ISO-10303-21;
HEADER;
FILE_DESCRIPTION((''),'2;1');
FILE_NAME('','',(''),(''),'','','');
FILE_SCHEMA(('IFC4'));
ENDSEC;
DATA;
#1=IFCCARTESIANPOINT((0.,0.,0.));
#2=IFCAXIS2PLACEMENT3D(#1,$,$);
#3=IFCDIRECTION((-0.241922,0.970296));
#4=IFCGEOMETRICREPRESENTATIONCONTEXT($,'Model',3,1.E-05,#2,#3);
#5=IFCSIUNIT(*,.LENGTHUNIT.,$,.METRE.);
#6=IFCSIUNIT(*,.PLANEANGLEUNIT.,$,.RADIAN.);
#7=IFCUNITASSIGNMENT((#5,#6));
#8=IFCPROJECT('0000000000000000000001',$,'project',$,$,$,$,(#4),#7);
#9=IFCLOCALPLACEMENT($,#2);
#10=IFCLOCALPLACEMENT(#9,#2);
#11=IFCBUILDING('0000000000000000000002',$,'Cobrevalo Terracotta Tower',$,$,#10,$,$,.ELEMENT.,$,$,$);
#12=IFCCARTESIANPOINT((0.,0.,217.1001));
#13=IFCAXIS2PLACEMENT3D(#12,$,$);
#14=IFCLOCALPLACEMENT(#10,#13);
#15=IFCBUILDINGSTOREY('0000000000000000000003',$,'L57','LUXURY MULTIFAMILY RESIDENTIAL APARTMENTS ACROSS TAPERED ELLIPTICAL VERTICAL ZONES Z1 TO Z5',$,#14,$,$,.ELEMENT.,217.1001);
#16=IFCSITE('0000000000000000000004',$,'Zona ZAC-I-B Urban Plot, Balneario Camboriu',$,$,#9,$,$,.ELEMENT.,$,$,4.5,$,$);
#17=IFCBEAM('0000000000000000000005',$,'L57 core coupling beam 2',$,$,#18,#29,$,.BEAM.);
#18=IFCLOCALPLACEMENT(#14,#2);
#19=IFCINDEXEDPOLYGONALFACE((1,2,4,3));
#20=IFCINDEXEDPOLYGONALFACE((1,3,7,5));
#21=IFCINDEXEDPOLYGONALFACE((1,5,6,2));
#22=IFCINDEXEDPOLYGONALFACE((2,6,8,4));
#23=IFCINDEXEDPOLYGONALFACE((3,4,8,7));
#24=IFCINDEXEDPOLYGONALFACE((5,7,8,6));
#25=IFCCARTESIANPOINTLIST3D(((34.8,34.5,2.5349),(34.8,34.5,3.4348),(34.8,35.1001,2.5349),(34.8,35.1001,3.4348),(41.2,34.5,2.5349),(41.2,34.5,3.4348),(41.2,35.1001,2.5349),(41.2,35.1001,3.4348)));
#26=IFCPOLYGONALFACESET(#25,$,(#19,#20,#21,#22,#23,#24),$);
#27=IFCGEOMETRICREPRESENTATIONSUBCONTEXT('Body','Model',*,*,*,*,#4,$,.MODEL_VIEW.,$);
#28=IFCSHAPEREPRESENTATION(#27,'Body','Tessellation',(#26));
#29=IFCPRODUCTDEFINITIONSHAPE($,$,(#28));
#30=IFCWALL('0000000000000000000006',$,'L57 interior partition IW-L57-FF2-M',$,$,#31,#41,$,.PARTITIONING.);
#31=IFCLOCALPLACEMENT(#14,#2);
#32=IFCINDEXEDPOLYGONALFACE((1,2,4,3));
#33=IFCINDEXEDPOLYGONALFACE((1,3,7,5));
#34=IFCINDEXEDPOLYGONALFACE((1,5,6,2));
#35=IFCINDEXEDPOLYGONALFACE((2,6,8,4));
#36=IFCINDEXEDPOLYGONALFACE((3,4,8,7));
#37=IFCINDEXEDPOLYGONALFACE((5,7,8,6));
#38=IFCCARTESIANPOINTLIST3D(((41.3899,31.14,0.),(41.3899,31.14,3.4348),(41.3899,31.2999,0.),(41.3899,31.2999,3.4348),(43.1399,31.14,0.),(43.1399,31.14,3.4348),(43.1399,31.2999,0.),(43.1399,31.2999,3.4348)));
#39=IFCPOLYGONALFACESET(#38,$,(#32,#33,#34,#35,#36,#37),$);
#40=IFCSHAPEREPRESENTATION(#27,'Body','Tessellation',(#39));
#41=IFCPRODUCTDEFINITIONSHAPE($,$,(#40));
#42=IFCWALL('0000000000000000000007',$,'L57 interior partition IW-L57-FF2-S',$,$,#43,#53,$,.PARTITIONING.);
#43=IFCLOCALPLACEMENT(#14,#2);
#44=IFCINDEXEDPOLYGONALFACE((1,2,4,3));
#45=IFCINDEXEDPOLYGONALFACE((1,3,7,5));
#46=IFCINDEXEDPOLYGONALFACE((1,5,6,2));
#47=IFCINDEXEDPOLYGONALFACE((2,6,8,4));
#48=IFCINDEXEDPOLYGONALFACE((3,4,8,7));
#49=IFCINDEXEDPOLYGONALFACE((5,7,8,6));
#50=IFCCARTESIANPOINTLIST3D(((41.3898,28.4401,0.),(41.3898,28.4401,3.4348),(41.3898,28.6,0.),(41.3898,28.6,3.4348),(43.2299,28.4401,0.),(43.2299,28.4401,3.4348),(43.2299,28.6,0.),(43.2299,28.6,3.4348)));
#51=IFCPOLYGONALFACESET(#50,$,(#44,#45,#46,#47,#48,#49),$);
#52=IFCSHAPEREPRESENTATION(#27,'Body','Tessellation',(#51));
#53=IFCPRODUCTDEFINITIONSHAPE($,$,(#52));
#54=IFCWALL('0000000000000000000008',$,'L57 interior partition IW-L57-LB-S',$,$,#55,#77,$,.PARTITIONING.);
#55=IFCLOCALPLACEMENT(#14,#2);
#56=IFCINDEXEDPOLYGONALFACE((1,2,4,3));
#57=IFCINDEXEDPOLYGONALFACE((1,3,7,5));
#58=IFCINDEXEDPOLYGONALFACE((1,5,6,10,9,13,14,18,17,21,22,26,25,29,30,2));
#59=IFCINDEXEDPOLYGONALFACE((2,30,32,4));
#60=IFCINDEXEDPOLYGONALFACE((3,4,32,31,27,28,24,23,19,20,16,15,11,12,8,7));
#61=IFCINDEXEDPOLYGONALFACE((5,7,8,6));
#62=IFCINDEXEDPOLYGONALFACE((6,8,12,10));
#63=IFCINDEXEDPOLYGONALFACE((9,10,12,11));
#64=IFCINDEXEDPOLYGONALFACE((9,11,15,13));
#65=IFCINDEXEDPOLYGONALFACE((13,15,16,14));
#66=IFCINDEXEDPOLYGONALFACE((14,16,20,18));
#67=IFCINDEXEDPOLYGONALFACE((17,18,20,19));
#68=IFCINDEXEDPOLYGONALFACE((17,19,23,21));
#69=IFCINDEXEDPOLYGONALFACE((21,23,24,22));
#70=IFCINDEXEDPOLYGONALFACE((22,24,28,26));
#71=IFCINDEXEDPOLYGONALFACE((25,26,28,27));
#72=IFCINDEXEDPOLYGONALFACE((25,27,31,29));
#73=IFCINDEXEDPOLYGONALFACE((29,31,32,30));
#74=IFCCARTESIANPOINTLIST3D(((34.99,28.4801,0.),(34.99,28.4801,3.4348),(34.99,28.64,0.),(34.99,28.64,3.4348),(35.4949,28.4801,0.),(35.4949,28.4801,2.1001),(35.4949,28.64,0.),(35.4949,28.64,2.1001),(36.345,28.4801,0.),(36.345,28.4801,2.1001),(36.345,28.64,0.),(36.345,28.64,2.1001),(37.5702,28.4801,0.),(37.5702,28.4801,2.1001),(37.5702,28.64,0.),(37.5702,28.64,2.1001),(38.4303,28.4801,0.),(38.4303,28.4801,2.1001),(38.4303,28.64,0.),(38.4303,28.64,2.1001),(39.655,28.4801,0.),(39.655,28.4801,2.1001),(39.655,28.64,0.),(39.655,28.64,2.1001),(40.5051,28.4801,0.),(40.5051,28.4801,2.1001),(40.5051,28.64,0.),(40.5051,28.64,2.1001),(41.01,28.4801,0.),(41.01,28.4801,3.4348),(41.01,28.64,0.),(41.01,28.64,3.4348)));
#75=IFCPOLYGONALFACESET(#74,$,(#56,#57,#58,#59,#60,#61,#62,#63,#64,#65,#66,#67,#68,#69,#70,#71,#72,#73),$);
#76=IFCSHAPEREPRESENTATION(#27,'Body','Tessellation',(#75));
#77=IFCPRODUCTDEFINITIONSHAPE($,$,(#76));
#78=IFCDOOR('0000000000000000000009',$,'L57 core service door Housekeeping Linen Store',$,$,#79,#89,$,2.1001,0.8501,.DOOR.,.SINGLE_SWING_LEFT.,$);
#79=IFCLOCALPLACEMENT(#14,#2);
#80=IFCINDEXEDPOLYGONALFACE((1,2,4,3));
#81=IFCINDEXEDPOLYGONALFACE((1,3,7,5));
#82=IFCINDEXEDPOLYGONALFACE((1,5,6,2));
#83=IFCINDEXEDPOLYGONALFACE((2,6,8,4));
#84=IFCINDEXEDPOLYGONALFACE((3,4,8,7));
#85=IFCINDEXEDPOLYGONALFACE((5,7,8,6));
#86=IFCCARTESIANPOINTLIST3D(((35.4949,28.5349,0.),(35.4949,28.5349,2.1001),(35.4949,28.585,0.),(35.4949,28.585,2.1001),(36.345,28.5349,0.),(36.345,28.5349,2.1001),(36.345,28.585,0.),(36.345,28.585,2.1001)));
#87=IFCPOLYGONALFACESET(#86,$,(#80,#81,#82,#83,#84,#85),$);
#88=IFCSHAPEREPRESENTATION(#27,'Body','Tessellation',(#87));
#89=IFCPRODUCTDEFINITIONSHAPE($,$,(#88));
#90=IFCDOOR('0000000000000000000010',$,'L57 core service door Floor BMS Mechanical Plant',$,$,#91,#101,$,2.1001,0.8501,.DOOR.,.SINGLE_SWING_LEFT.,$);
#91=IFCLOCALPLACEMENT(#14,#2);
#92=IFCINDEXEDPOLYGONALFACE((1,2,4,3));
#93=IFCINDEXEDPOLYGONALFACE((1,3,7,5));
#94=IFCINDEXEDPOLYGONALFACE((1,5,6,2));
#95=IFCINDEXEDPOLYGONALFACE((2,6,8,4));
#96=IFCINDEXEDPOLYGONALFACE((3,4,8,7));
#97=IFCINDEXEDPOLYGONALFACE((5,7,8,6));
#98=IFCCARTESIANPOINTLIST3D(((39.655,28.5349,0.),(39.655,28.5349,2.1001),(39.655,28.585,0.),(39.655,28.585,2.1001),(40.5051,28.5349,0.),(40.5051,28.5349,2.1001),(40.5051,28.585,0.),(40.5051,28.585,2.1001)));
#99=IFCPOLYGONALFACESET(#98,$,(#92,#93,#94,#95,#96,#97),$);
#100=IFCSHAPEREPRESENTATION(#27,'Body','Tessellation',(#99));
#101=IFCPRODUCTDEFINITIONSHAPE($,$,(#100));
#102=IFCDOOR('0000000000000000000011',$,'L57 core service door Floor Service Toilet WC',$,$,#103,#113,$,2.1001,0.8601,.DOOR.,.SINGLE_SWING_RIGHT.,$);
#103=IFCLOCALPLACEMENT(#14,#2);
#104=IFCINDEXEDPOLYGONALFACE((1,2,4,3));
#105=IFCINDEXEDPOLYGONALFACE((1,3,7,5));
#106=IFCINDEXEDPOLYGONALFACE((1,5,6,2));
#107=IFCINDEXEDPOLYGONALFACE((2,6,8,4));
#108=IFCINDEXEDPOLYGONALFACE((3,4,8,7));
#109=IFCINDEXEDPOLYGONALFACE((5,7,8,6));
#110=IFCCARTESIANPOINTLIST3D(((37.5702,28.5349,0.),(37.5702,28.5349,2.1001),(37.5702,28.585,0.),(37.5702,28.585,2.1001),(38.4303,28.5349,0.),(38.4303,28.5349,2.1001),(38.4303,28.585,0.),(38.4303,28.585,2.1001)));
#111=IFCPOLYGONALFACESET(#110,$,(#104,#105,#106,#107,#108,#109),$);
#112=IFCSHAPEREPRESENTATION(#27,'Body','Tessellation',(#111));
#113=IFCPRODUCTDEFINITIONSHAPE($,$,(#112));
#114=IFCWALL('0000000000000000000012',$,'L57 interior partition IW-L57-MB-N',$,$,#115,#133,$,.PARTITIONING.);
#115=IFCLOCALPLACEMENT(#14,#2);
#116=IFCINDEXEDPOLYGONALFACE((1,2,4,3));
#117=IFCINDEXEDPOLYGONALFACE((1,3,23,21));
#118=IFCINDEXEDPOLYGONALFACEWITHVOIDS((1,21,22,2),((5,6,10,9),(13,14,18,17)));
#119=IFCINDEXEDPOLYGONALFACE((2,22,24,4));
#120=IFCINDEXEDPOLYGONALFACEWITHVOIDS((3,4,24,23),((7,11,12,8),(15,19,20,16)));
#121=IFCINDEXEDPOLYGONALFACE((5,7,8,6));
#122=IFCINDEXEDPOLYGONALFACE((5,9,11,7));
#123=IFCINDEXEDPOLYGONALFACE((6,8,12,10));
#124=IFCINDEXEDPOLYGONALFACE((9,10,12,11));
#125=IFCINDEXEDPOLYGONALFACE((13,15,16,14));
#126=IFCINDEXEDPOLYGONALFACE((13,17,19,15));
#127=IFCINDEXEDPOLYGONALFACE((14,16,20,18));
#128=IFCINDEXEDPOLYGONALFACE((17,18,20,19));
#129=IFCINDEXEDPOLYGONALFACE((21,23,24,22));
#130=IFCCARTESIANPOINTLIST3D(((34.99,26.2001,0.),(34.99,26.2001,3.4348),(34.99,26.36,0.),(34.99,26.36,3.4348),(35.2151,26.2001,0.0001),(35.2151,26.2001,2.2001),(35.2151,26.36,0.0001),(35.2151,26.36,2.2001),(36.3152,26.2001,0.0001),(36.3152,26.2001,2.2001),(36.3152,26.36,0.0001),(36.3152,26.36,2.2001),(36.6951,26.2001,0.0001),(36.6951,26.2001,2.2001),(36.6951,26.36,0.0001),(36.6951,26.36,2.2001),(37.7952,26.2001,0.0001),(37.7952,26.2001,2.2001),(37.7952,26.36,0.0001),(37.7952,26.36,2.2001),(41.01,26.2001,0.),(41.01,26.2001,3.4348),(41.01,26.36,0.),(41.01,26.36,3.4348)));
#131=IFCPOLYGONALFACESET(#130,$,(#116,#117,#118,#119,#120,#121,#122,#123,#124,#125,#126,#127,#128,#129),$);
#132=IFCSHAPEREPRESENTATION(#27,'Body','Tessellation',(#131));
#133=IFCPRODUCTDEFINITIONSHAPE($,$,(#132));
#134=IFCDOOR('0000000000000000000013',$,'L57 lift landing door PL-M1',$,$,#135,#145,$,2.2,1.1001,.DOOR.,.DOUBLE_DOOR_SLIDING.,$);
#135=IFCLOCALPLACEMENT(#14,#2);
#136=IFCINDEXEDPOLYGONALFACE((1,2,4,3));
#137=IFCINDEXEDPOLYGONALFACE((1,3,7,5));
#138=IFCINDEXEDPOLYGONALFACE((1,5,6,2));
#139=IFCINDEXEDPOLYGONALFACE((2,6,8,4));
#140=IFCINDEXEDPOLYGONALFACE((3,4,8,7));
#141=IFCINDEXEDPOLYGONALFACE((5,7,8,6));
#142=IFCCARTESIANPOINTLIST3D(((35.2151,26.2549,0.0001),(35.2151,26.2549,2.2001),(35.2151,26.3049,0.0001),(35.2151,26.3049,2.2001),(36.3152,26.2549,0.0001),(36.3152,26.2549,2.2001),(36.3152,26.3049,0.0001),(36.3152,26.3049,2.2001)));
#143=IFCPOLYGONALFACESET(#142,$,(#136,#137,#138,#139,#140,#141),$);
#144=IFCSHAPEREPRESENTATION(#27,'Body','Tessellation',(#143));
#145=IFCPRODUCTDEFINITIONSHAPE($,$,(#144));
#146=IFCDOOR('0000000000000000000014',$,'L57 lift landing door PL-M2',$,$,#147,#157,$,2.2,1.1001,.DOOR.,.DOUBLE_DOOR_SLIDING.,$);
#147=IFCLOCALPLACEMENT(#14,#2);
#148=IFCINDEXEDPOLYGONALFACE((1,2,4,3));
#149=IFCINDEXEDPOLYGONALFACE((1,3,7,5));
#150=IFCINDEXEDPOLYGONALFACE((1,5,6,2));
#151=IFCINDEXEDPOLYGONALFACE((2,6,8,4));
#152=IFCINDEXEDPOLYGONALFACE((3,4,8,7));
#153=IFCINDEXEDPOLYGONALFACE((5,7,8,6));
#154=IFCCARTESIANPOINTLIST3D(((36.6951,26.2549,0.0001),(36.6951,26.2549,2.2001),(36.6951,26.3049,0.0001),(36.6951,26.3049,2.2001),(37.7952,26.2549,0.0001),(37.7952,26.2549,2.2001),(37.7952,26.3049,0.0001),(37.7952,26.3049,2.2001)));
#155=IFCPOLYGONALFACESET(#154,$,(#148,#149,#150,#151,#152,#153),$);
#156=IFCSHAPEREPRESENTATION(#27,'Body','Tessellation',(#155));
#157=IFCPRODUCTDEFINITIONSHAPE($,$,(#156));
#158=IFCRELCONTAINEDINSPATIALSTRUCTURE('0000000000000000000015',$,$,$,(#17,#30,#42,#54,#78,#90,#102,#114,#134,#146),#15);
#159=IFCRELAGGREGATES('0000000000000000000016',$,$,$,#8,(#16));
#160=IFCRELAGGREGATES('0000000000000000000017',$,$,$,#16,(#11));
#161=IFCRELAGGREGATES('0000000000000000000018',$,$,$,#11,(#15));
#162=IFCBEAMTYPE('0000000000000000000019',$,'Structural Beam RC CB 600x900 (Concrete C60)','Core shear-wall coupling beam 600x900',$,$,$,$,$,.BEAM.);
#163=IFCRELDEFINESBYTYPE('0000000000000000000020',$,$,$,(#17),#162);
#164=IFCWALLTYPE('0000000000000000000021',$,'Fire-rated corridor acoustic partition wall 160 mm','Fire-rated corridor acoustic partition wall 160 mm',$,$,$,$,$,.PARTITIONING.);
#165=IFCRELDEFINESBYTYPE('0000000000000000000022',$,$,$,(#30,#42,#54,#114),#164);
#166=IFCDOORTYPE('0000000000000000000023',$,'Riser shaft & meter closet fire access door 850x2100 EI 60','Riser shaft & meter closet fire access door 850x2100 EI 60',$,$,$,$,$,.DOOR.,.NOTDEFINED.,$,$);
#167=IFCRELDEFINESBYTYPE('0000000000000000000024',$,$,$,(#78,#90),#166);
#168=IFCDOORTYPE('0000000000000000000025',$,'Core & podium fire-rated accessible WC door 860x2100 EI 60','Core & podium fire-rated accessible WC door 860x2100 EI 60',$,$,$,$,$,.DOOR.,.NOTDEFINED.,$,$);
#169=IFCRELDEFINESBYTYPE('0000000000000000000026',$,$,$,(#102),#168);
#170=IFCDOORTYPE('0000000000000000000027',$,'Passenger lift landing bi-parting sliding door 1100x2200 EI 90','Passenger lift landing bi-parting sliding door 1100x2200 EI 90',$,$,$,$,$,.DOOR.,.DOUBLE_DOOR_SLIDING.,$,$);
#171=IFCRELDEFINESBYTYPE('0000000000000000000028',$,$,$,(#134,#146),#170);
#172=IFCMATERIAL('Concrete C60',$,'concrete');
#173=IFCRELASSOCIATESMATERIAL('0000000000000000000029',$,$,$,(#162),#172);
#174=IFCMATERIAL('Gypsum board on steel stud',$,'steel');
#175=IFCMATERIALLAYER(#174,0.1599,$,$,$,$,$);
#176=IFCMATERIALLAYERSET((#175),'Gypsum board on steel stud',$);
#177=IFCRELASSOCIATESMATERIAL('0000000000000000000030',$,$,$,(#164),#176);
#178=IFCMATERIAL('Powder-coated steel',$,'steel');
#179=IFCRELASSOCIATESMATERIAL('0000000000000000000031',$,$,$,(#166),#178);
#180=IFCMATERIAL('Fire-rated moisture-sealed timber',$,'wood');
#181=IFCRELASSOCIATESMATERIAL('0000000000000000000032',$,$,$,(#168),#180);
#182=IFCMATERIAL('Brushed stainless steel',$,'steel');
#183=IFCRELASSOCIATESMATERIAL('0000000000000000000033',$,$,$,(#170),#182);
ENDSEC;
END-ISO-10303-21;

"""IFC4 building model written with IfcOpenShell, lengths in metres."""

from ifc_helpers import new_model, si_unit, direction, frame, frame_2d, origin, origin_2d, place, context, subcontext, project, spatial, rectangle, extrude, source, transform, mapped, material, layer, layer_set, material_profile, profile_set, type_object, element, fill, save


model = new_model("IFC4")

# Units and contexts
model_context = context("Model", 3, precision=1e-05, world=origin(), true_north=direction((-0.241922, 0.970296)))
body_context = subcontext(model_context, "Body", "Model", "MODEL_VIEW")
ifc_project = project(units=[si_unit("LENGTHUNIT", "METRE"), si_unit("PLANEANGLEUNIT", "RADIAN")], contexts=[model_context])

# Site, building, storey
site_placement = place(None, origin())
site = spatial("IfcSite", under=ifc_project, at=site_placement, Name="Zona ZAC-I-B Urban Plot, Balneario Camboriu", CompositionType="ELEMENT", RefElevation=4.5)
building_placement = place(site_placement, origin())
building = spatial("IfcBuilding", under=site, at=building_placement, Name="Cobrevalo Terracotta Tower", CompositionType="ELEMENT")
storey_placement = place(building_placement, frame((0.0, 0.0, 217.1001)))
storey = spatial("IfcBuildingStorey", under=building, at=storey_placement, Name="L57", Description="LUXURY MULTIFAMILY RESIDENTIAL APARTMENTS ACROSS TAPERED ELLIPTICAL VERTICAL ZONES Z1 TO Z5", CompositionType="ELEMENT", Elevation=217.1001)

# Beam
ifc_material_1 = material(Name="Concrete C60", Category="concrete")
ifc_material_profile = material_profile(ifc_material_1, rectangle(XDim=0.6001, YDim=0.8999, at=origin_2d()), Name="RC CB 600x900")
ifc_profile_set = profile_set([ifc_material_profile], Name="Concrete C60")
beam_type = type_object("IfcBeamType", Name="Structural Beam RC CB 600x900 (Concrete C60)", Description="Core shear-wall coupling beam 600x900", PredefinedType="BEAM", material=ifc_profile_set)
beam_placement = place(storey_placement, frame((34.8, 34.8, 2.9849), z_axis=(1.0, 0.0, 0.0), x_axis=(0.0, 1.0, 0.0)))
element("IfcBeam", 1, at=beam_placement, inside=storey, type_object=beam_type, Name="L57 core coupling beam 2", PredefinedType="BEAM", context=body_context, shape_type="SweptSolid", body=[
    extrude(rectangle(XDim=0.6001, YDim=0.8999, at=origin_2d()), origin(), (0.0, 0.0, 1.0), 6.3999),
])

# Walls
ifc_material_2 = material(Name="Gypsum board on steel stud", Category="steel")
ifc_layer_1 = layer(ifc_material_2, 0.1599)
ifc_layer_set_1 = layer_set([ifc_layer_1], Name="Gypsum board on steel stud")
wall_type_1 = type_object("IfcWallType", Name="Fire-rated corridor acoustic partition wall 160 mm", Description="Fire-rated corridor acoustic partition wall 160 mm", PredefinedType="PARTITIONING", material=ifc_layer_set_1)
wall_1_placement = place(storey_placement, frame((41.3899, 31.22, 0.0), z_axis=(0.0, 0.0, 1.0), x_axis=(1.0, 0.0, 0.0)))
element("IfcWall", 2, at=wall_1_placement, inside=storey, type_object=wall_type_1, Name="L57 interior partition IW-L57-FF2-M", PredefinedType="PARTITIONING", context=body_context, shape_type="SweptSolid", body=[
    extrude(rectangle(XDim=1.75, YDim=0.1599, at=frame_2d((0.875, 0.0))), origin(), (0.0, 0.0, 1.0), 3.4348),
])
wall_2_placement = place(storey_placement, frame((41.3899, 28.52, 0.0), z_axis=(0.0, 0.0, 1.0), x_axis=(1.0, 0.0, 0.0)))
element("IfcWall", 3, at=wall_2_placement, inside=storey, type_object=wall_type_1, Name="L57 interior partition IW-L57-FF2-S", PredefinedType="PARTITIONING", context=body_context, shape_type="SweptSolid", body=[
    extrude(rectangle(XDim=1.8401, YDim=0.1599, at=frame_2d((0.9199, 0.0))), origin(), (0.0, 0.0, 1.0), 3.4348),
])

# Walls, openings, doors
wall_3_placement = place(storey_placement, frame((34.99, 28.5601, 0.0), z_axis=(0.0, 0.0, 1.0), x_axis=(1.0, 0.0, 0.0)))
wall_3 = element("IfcWall", 4, at=wall_3_placement, inside=storey, type_object=wall_type_1, Name="L57 interior partition IW-L57-LB-S", PredefinedType="PARTITIONING", context=body_context, shape_type="SweptSolid", body=[
    extrude(rectangle(XDim=6.02, YDim=0.1599, at=frame_2d((3.01, 0.0))), origin(), (0.0, 0.0, 1.0), 3.4348),
])
opening_1_placement = place(wall_3_placement, frame((0.5049, 0.0, 0.0)))
opening_1 = element("IfcOpeningElement", 5, at=opening_1_placement, cuts=wall_3, PredefinedType="OPENING", context=body_context, shape_type="SweptSolid", body=[
    extrude(rectangle(XDim=0.8501, YDim=2.1001, at=frame_2d((0.425, 1.05))), frame((0.0, 0.0898, 0.0), z_axis=(0.0, -1.0, 0.0), x_axis=(1.0, 0.0, 0.0)), (0.0, 0.0, 1.0), 0.1799),
])
opening_2_placement = place(wall_3_placement, frame((2.5801, 0.0, 0.0)))
opening_2 = element("IfcOpeningElement", 6, at=opening_2_placement, cuts=wall_3, PredefinedType="OPENING", context=body_context, shape_type="SweptSolid", body=[
    extrude(rectangle(XDim=0.8601, YDim=2.1001, at=frame_2d((0.4302, 1.05))), frame((0.0, 0.0898, 0.0), z_axis=(0.0, -1.0, 0.0), x_axis=(1.0, 0.0, 0.0)), (0.0, 0.0, 1.0), 0.1799),
])
opening_3_placement = place(wall_3_placement, frame((4.665, 0.0, 0.0)))
opening_3 = element("IfcOpeningElement", 7, at=opening_3_placement, cuts=wall_3, PredefinedType="OPENING", context=body_context, shape_type="SweptSolid", body=[
    extrude(rectangle(XDim=0.8501, YDim=2.1001, at=frame_2d((0.425, 1.05))), frame((0.0, 0.0898, 0.0), z_axis=(0.0, -1.0, 0.0), x_axis=(1.0, 0.0, 0.0)), (0.0, 0.0, 1.0), 0.1799),
])
ifc_material_3 = material(Name="Powder-coated steel", Category="steel")
door_type_1 = type_object("IfcDoorType", Name="Riser shaft & meter closet fire access door 850x2100 EI 60", Description="Riser shaft & meter closet fire access door 850x2100 EI 60", OperationType="NOTDEFINED", PredefinedType="DOOR", material=ifc_material_3)
shared_shape_1 = source(origin(), body_context, "Body", "SweptSolid", [
    extrude(rectangle(XDim=0.8501, YDim=2.1001, at=frame_2d((0.425, 1.05))), frame((0.0, 0.0249, 0.0), z_axis=(0.0, -1.0, 0.0), x_axis=(1.0, 0.0, 0.0)), (0.0, 0.0, 1.0), 0.05),
])
door_1_placement = place(opening_1_placement, origin())
door_1 = element("IfcDoor", 8, at=door_1_placement, inside=storey, type_object=door_type_1, Name="L57 core service door Housekeeping Linen Store", OperationType="SINGLE_SWING_LEFT", OverallHeight=2.1001, OverallWidth=0.8501, PredefinedType="DOOR", context=body_context, shape_type="MappedRepresentation", body=[
    mapped(shared_shape_1, transform((0.0, 0.0, 0.0), scale=1.0)),
])
fill(opening_1, door_1)
door_2_placement = place(opening_3_placement, origin())
door_2 = element("IfcDoor", 9, at=door_2_placement, inside=storey, type_object=door_type_1, Name="L57 core service door Floor BMS Mechanical Plant", OperationType="SINGLE_SWING_LEFT", OverallHeight=2.1001, OverallWidth=0.8501, PredefinedType="DOOR", context=body_context, shape_type="MappedRepresentation", body=[
    mapped(shared_shape_1, transform((0.0, 0.0, 0.0), scale=1.0)),
])
fill(opening_3, door_2)
ifc_material_4 = material(Name="Fire-rated moisture-sealed timber", Category="wood")
door_type_2 = type_object("IfcDoorType", Name="Core & podium fire-rated accessible WC door 860x2100 EI 60", Description="Core & podium fire-rated accessible WC door 860x2100 EI 60", OperationType="NOTDEFINED", PredefinedType="DOOR", material=ifc_material_4)
shared_shape_2 = source(origin(), body_context, "Body", "SweptSolid", [
    extrude(rectangle(XDim=0.8601, YDim=2.1001, at=frame_2d((0.4302, 1.05))), frame((0.0, 0.0249, 0.0), z_axis=(0.0, -1.0, 0.0), x_axis=(1.0, 0.0, 0.0)), (0.0, 0.0, 1.0), 0.05),
])
door_3_placement = place(opening_2_placement, origin())
door_3 = element("IfcDoor", 10, at=door_3_placement, inside=storey, type_object=door_type_2, Name="L57 core service door Floor Service Toilet WC", OperationType="SINGLE_SWING_RIGHT", OverallHeight=2.1001, OverallWidth=0.8601, PredefinedType="DOOR", context=body_context, shape_type="MappedRepresentation", body=[
    mapped(shared_shape_2, transform((0.0, 0.0, 0.0), scale=1.0)),
])
fill(opening_2, door_3)
wall_4_placement = place(storey_placement, frame((34.99, 26.28, 0.0), z_axis=(0.0, 0.0, 1.0), x_axis=(1.0, 0.0, 0.0)))
wall_4 = element("IfcWall", 11, at=wall_4_placement, inside=storey, type_object=wall_type_1, Name="L57 interior partition IW-L57-MB-N", PredefinedType="PARTITIONING", context=body_context, shape_type="SweptSolid", body=[
    extrude(rectangle(XDim=6.02, YDim=0.1599, at=frame_2d((3.01, 0.0))), origin(), (0.0, 0.0, 1.0), 3.4348),
])
opening_4_placement = place(wall_4_placement, frame((0.2251, 0.0, 0.0)))
opening_4 = element("IfcOpeningElement", 12, at=opening_4_placement, cuts=wall_4, PredefinedType="OPENING", context=body_context, shape_type="SweptSolid", body=[
    extrude(rectangle(XDim=1.1001, YDim=2.2, at=frame_2d((0.55, 1.1001))), frame((0.0, 0.0898, 0.0), z_axis=(0.0, -1.0, 0.0), x_axis=(1.0, 0.0, 0.0)), (0.0, 0.0, 1.0), 0.1799),
])
opening_5_placement = place(wall_4_placement, frame((1.7051, 0.0, 0.0)))
opening_5 = element("IfcOpeningElement", 13, at=opening_5_placement, cuts=wall_4, PredefinedType="OPENING", context=body_context, shape_type="SweptSolid", body=[
    extrude(rectangle(XDim=1.1001, YDim=2.2, at=frame_2d((0.55, 1.1001))), frame((0.0, 0.0898, 0.0), z_axis=(0.0, -1.0, 0.0), x_axis=(1.0, 0.0, 0.0)), (0.0, 0.0, 1.0), 0.1799),
])
ifc_material_5 = material(Name="Brushed stainless steel", Category="steel")
door_type_3 = type_object("IfcDoorType", Name="Passenger lift landing bi-parting sliding door 1100x2200 EI 90", Description="Passenger lift landing bi-parting sliding door 1100x2200 EI 90", OperationType="DOUBLE_DOOR_SLIDING", PredefinedType="DOOR", material=ifc_material_5)
shared_shape_3 = source(origin(), body_context, "Body", "SweptSolid", [
    extrude(rectangle(XDim=1.1001, YDim=2.2, at=frame_2d((0.55, 1.1001))), frame((0.0, 0.0249, 0.0), z_axis=(0.0, -1.0, 0.0), x_axis=(1.0, 0.0, 0.0)), (0.0, 0.0, 1.0), 0.05),
])
door_4_placement = place(opening_4_placement, origin())
door_4 = element("IfcDoor", 14, at=door_4_placement, inside=storey, type_object=door_type_3, Name="L57 lift landing door PL-M1", OperationType="DOUBLE_DOOR_SLIDING", OverallHeight=2.2, OverallWidth=1.1001, PredefinedType="DOOR", context=body_context, shape_type="MappedRepresentation", body=[
    mapped(shared_shape_3, transform((0.0, 0.0, 0.0), scale=1.0)),
])
fill(opening_4, door_4)
door_5_placement = place(opening_5_placement, origin())
door_5 = element("IfcDoor", 15, at=door_5_placement, inside=storey, type_object=door_type_3, Name="L57 lift landing door PL-M2", OperationType="DOUBLE_DOOR_SLIDING", OverallHeight=2.2, OverallWidth=1.1001, PredefinedType="DOOR", context=body_context, shape_type="MappedRepresentation", body=[
    mapped(shared_shape_3, transform((0.0, 0.0, 0.0), scale=1.0)),
])
fill(opening_5, door_5)

save(model, "model.ifc")
